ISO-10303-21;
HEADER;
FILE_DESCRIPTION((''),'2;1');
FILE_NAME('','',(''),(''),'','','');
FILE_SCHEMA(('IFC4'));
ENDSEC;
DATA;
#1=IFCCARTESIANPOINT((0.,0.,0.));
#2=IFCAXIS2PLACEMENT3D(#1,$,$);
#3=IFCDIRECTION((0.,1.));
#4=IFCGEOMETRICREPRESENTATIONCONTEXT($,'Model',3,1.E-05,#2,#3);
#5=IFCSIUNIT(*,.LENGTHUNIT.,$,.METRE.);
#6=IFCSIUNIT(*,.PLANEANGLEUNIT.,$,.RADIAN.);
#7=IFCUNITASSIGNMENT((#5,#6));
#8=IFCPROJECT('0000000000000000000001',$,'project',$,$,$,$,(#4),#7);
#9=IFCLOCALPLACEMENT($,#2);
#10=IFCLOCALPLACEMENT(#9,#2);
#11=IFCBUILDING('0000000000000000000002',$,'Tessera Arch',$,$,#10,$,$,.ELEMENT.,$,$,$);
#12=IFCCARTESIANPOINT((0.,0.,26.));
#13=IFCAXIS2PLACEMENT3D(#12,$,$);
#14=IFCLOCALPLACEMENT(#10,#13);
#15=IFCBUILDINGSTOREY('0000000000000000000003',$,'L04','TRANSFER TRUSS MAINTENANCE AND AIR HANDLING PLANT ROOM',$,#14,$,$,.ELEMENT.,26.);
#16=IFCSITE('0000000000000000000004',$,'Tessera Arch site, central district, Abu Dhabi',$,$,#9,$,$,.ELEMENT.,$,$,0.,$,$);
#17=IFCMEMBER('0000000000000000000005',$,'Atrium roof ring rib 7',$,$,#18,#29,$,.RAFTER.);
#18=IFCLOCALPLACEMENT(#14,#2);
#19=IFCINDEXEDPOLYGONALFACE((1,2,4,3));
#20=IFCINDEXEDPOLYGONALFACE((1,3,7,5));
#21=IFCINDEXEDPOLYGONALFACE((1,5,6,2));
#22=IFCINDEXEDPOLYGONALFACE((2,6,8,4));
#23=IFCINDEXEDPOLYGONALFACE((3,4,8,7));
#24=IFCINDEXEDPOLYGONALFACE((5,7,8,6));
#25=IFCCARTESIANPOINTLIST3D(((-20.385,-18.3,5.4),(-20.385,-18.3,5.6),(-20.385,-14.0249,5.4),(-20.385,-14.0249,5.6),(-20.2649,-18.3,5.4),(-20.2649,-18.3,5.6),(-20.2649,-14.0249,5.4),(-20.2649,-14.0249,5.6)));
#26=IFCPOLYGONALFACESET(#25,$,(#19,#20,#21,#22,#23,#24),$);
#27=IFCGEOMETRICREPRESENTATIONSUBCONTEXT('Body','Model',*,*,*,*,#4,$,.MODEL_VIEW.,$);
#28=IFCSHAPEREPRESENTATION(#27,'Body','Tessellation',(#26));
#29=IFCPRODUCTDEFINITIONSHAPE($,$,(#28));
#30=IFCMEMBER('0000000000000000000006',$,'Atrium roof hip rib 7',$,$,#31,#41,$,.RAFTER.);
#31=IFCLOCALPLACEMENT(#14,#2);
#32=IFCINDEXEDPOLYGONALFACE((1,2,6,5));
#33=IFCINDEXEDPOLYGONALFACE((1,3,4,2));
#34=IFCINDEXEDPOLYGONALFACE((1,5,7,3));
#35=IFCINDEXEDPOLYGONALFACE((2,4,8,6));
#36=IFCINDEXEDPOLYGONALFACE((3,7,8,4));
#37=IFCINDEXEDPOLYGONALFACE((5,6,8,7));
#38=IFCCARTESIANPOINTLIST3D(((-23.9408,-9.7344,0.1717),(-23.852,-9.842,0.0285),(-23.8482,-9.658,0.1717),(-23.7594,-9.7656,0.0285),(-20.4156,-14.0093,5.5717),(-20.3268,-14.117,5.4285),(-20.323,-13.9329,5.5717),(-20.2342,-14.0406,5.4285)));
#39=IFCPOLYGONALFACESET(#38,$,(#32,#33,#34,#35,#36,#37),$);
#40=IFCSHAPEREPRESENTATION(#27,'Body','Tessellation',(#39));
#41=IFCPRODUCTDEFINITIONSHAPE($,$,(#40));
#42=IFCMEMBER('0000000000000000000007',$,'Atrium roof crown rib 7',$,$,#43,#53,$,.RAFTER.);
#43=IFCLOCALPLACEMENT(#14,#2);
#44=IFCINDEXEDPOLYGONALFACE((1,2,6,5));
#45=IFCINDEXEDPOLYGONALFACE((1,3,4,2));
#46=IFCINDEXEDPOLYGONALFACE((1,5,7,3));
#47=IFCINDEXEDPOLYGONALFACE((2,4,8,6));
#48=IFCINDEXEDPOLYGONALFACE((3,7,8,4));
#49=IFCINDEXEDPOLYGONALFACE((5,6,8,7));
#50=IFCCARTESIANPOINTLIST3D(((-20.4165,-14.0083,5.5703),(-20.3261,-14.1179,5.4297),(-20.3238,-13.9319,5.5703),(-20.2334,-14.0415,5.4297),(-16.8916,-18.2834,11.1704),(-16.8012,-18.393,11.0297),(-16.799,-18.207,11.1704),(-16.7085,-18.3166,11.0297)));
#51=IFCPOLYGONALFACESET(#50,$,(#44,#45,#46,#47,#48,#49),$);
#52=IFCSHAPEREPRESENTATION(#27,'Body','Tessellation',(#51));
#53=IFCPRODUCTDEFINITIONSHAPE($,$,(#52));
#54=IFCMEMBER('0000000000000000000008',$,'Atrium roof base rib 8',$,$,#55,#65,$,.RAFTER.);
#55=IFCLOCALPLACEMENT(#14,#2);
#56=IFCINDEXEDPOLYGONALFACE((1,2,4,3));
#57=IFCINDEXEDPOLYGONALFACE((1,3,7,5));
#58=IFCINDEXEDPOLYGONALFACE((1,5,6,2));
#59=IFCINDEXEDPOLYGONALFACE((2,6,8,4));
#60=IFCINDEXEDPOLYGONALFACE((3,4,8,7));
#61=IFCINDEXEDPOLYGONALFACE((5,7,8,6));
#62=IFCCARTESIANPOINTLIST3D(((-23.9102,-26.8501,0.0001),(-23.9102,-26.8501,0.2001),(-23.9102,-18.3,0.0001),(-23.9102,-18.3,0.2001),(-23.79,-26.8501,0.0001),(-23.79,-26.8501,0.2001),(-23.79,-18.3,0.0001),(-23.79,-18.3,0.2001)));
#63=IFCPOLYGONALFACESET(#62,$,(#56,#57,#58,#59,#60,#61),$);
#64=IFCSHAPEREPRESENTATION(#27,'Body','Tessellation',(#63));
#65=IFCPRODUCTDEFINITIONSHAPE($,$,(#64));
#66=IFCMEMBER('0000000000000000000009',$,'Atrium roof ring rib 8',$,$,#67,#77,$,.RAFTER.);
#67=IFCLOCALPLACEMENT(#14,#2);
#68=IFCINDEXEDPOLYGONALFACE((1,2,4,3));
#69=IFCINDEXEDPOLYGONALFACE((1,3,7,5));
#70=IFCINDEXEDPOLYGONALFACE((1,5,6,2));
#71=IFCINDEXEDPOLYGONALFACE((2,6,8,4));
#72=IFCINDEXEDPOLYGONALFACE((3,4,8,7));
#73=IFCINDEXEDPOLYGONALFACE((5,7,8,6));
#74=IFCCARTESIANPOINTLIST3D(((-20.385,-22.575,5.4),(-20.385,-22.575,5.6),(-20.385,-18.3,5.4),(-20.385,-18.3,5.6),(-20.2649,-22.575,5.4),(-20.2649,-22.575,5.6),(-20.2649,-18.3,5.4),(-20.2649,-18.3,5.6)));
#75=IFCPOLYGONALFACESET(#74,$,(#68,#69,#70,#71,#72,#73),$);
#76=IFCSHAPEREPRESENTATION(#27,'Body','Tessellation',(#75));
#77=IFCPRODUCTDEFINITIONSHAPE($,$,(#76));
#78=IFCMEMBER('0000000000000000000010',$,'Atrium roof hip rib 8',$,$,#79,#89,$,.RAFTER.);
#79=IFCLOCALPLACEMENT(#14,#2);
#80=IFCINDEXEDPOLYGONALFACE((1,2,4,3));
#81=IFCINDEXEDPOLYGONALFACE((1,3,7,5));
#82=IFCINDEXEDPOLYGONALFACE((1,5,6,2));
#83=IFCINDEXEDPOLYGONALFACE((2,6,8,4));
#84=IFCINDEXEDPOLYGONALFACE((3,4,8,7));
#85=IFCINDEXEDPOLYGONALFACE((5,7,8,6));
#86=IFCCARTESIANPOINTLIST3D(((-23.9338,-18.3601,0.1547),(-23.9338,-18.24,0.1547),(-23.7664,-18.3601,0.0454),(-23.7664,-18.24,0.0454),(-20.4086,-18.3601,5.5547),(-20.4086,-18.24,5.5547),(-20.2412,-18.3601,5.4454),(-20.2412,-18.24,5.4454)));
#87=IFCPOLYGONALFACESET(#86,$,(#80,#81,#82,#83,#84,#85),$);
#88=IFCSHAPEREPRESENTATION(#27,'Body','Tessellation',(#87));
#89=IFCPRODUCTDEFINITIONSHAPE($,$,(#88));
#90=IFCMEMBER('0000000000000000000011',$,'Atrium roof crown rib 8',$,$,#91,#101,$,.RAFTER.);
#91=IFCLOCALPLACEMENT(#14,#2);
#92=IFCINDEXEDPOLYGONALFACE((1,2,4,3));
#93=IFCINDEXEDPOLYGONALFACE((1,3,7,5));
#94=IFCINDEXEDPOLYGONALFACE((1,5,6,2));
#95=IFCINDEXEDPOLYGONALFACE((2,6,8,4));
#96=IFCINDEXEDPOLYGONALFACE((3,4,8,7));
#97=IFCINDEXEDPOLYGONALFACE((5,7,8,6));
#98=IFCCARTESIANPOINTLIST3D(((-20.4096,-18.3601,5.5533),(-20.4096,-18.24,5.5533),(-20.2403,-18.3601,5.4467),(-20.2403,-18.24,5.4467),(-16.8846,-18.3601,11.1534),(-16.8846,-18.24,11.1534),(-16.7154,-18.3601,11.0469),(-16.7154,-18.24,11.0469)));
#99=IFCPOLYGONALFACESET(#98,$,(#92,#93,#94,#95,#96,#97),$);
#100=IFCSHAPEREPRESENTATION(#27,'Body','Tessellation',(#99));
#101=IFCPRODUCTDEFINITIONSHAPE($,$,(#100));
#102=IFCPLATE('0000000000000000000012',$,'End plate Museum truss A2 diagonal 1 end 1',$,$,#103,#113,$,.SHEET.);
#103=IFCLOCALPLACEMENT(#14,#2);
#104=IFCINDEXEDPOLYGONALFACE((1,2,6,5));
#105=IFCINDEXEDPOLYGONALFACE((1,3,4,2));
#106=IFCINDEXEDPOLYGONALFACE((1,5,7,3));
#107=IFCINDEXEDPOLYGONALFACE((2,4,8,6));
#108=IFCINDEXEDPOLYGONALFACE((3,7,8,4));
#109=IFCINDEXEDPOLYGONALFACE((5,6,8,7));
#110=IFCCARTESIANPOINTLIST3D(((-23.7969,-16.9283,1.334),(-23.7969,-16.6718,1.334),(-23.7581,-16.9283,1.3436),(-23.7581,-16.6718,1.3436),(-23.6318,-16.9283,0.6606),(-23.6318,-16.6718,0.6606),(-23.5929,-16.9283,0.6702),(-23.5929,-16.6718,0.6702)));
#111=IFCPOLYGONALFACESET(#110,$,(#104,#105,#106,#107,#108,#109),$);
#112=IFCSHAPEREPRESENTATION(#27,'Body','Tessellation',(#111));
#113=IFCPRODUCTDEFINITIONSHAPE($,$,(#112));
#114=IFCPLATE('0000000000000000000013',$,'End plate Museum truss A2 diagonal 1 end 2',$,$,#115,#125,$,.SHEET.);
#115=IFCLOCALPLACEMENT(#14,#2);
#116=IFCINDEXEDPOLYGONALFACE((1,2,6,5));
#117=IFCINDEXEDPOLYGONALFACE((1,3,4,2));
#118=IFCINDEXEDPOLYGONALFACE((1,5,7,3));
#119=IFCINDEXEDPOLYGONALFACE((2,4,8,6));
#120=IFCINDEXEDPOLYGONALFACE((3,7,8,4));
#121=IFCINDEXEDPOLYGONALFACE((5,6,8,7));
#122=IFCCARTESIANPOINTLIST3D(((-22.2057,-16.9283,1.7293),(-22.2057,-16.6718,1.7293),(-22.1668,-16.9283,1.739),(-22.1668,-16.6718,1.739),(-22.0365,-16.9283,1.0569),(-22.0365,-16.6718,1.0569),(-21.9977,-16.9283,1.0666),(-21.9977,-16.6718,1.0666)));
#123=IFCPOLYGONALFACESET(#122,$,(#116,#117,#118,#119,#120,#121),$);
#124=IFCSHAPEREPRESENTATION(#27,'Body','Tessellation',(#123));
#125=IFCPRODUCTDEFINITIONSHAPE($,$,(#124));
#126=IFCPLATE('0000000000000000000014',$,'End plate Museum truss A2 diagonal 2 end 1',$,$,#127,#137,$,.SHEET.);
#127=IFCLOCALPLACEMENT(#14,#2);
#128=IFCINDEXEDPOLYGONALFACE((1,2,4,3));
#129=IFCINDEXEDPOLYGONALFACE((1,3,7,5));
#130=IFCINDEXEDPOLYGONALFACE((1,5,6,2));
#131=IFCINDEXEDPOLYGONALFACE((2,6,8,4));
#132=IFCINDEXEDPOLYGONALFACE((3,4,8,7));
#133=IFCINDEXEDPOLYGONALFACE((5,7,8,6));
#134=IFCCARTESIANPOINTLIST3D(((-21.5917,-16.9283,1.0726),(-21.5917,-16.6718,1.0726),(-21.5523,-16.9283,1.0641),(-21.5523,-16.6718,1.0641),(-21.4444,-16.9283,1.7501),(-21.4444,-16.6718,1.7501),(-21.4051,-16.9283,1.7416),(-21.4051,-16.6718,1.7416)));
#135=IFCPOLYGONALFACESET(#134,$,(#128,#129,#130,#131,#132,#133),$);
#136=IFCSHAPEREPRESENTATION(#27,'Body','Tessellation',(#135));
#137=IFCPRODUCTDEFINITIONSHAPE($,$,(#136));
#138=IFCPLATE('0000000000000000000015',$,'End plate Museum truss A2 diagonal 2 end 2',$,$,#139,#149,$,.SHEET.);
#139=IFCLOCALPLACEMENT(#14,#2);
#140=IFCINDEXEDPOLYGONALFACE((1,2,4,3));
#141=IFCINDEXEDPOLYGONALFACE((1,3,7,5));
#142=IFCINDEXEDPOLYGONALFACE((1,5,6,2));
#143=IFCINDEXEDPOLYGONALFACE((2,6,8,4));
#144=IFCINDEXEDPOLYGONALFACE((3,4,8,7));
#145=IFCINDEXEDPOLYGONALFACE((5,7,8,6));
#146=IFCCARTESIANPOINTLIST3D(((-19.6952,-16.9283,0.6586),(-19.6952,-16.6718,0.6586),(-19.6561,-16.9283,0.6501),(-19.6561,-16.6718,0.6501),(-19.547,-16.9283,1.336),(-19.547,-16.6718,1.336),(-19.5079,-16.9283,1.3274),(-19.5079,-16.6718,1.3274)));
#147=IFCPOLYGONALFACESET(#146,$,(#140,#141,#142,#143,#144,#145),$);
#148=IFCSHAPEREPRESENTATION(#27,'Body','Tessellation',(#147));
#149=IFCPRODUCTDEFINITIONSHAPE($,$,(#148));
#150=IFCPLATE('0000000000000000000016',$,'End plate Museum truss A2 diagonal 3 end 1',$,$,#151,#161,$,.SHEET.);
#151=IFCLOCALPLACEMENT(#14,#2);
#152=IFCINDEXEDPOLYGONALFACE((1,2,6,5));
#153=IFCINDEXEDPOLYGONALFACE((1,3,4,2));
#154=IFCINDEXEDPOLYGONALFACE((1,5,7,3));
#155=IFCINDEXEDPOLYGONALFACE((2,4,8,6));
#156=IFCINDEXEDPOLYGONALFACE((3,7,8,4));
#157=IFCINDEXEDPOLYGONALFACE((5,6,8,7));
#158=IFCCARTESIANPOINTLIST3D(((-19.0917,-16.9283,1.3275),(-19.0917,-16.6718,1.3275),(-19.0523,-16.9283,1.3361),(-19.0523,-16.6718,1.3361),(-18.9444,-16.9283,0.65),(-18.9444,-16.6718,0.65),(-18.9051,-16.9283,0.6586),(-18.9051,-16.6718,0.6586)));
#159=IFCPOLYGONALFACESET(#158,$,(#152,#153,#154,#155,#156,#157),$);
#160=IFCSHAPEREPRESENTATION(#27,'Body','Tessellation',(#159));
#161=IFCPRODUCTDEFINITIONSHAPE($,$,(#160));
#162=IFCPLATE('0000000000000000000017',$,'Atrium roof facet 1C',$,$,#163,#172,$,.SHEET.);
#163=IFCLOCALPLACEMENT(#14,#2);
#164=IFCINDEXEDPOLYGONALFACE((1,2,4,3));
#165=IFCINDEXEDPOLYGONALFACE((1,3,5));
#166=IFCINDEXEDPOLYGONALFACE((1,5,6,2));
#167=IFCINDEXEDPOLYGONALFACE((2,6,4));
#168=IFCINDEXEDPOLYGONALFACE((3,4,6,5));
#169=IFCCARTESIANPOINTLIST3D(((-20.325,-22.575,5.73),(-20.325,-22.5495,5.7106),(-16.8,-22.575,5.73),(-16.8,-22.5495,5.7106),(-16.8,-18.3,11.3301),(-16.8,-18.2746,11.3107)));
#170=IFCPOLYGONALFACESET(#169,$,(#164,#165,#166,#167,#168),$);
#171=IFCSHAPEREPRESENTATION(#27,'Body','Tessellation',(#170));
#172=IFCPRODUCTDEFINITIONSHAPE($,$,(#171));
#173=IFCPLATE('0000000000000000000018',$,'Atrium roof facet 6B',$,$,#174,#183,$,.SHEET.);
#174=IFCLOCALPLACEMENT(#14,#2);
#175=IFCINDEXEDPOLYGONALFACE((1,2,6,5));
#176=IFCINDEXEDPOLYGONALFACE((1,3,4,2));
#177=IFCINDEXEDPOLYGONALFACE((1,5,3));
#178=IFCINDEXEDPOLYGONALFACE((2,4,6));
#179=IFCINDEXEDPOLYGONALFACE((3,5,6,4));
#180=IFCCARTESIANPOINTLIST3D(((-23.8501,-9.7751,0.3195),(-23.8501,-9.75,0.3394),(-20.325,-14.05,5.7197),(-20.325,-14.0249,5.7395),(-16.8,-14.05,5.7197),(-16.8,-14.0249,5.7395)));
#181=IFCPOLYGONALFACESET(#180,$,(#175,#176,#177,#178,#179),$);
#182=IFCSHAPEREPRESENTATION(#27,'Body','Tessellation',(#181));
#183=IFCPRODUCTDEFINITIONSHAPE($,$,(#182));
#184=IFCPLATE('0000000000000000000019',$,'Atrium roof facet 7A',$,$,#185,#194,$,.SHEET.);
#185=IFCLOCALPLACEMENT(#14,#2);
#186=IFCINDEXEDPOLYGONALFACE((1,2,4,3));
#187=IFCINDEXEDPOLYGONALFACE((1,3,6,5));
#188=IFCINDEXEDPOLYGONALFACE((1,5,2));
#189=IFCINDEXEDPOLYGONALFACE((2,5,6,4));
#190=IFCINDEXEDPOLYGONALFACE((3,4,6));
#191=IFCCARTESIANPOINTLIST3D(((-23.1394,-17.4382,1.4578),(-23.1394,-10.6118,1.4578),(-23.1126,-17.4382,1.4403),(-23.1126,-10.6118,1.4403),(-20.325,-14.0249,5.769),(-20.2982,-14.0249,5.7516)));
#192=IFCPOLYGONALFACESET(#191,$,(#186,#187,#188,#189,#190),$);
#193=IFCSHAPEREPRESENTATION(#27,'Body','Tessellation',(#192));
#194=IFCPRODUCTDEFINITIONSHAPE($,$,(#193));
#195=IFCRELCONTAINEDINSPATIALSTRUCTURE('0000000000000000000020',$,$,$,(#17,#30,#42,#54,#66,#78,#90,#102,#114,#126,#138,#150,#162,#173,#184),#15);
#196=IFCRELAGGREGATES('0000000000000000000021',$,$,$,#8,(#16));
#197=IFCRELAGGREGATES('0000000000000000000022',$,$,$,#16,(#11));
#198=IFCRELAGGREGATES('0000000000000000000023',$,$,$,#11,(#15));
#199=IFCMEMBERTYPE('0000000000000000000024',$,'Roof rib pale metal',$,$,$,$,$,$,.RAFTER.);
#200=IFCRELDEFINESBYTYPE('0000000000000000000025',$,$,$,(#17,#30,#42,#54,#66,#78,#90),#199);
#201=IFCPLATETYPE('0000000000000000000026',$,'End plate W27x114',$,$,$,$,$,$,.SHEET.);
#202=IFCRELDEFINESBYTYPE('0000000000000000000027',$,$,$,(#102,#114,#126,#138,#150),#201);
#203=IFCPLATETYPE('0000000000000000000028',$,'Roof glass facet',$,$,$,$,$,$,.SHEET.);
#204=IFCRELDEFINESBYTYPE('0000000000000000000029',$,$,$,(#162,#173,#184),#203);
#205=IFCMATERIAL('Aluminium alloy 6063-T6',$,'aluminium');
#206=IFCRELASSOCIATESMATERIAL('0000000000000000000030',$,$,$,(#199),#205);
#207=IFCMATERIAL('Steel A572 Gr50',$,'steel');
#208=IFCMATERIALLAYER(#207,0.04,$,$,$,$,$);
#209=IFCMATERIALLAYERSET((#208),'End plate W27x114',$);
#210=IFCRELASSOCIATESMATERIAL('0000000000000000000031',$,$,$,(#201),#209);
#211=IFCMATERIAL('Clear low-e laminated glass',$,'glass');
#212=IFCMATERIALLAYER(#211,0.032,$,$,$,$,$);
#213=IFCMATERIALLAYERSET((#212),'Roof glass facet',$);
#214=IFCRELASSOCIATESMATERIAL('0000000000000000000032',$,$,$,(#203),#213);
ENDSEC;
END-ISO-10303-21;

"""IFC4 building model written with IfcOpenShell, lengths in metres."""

from ifc_helpers import new_model, si_unit, direction, frame, origin, origin_2d, place, context, subcontext, project, spatial, polyline, rectangle, outline, extrude, material, layer, layer_set, material_profile, profile_set, type_object, element, save


model = new_model("IFC4")

# Units and contexts
model_context = context("Model", 3, precision=1e-05, world=origin(), true_north=direction((0.0, 1.0)))
body_context = subcontext(model_context, "Body", "Model", "MODEL_VIEW")
ifc_project = project(units=[si_unit("LENGTHUNIT", "METRE"), si_unit("PLANEANGLEUNIT", "RADIAN")], contexts=[model_context])

# Site, building, storey
site_placement = place(None, origin())
site = spatial("IfcSite", under=ifc_project, at=site_placement, Name="Tessera Arch site, central district, Abu Dhabi", CompositionType="ELEMENT", RefElevation=0.0)
building_placement = place(site_placement, origin())
building = spatial("IfcBuilding", under=site, at=building_placement, Name="Tessera Arch", CompositionType="ELEMENT")
storey_placement = place(building_placement, frame((0.0, 0.0, 26.0)))
storey = spatial("IfcBuildingStorey", under=building, at=storey_placement, Name="L04", Description="TRANSFER TRUSS MAINTENANCE AND AIR HANDLING PLANT ROOM", CompositionType="ELEMENT", Elevation=26.0)

# Members
ifc_material_1 = material(Name="Aluminium alloy 6063-T6", Category="aluminium")
ifc_material_profile_1 = material_profile(ifc_material_1, rectangle(XDim=0.1201, YDim=0.2, at=origin_2d()), Name="AL 120x200")
ifc_profile_set_1 = profile_set([ifc_material_profile_1], Name="Aluminium alloy 6063-T6")
member_type_1 = type_object("IfcMemberType", Name="Roof rib pale metal", PredefinedType="RAFTER", material=ifc_profile_set_1)
member_1_placement = place(storey_placement, frame((-20.325, -14.0249, 5.5), z_axis=(0.0, -1.0, 0.0), x_axis=(1.0, 0.0, 0.0)))
element("IfcMember", 1, at=member_1_placement, inside=storey, type_object=member_type_1, Name="Atrium roof ring rib 7", PredefinedType="RAFTER", context=body_context, shape_type="SweptSolid", body=[
    extrude(rectangle(XDim=0.1201, YDim=0.2, at=origin_2d()), origin(), (0.0, 0.0, 1.0), 4.2751),
])
member_2_placement = place(storey_placement, frame((-23.8501, -9.75, 0.1001), z_axis=(0.455625, -0.552531, 0.697937), x_axis=(0.771519, 0.636206, 0.0)))
element("IfcMember", 2, at=member_2_placement, inside=storey, type_object=member_type_1, Name="Atrium roof hip rib 7", PredefinedType="RAFTER", context=body_context, shape_type="SweptSolid", body=[
    extrude(rectangle(XDim=0.1201, YDim=0.2, at=origin_2d()), origin(), (0.0, 0.0, 1.0), 7.7371),
])
member_3_placement = place(storey_placement, frame((-20.325, -14.0249, 5.5), z_axis=(0.447436, -0.542669, 0.710853), x_axis=(0.771559, 0.636158, 0.0)))
element("IfcMember", 3, at=member_3_placement, inside=storey, type_object=member_type_1, Name="Atrium roof crown rib 7", PredefinedType="RAFTER", context=body_context, shape_type="SweptSolid", body=[
    extrude(rectangle(XDim=0.1201, YDim=0.2, at=origin_2d()), origin(), (0.0, 0.0, 1.0), 7.8779),
])
member_4_placement = place(storey_placement, frame((-23.8501, -18.3, 0.1001), z_axis=(0.0, -1.0, 0.0), x_axis=(1.0, 0.0, 0.0)))
element("IfcMember", 4, at=member_4_placement, inside=storey, type_object=member_type_1, Name="Atrium roof base rib 8", PredefinedType="RAFTER", context=body_context, shape_type="SweptSolid", body=[
    extrude(rectangle(XDim=0.1201, YDim=0.2, at=origin_2d()), origin(), (0.0, 0.0, 1.0), 8.55),
])
member_5_placement = place(storey_placement, frame((-20.325, -18.3, 5.5), z_axis=(0.0, -1.0, 0.0), x_axis=(1.0, 0.0, 0.0)))
element("IfcMember", 5, at=member_5_placement, inside=storey, type_object=member_type_1, Name="Atrium roof ring rib 8", PredefinedType="RAFTER", context=body_context, shape_type="SweptSolid", body=[
    extrude(rectangle(XDim=0.1201, YDim=0.2, at=origin_2d()), origin(), (0.0, 0.0, 1.0), 4.2749),
])
member_6_placement = place(storey_placement, frame((-23.8501, -18.3, 0.1001), z_axis=(0.546645, 0.0, 0.837364), x_axis=(0.0, 1.0, 0.0)))
element("IfcMember", 6, at=member_6_placement, inside=storey, type_object=member_type_1, Name="Atrium roof hip rib 8", PredefinedType="RAFTER", context=body_context, shape_type="SweptSolid", body=[
    extrude(rectangle(XDim=0.1201, YDim=0.2, at=origin_2d()), origin(), (0.0, 0.0, 1.0), 6.4487),
])
member_7_placement = place(storey_placement, frame((-20.325, -18.3, 5.5), z_axis=(0.532696, 0.0, 0.846307), x_axis=(0.0, 1.0, 0.0)))
element("IfcMember", 7, at=member_7_placement, inside=storey, type_object=member_type_1, Name="Atrium roof crown rib 8", PredefinedType="RAFTER", context=body_context, shape_type="SweptSolid", body=[
    extrude(rectangle(XDim=0.1201, YDim=0.2, at=origin_2d()), origin(), (0.0, 0.0, 1.0), 6.6172),
])

# Plates
ifc_material_2 = material(Name="Steel A572 Gr50", Category="steel")
ifc_layer_1 = layer(ifc_material_2, 0.04)
ifc_layer_set_1 = layer_set([ifc_layer_1], Name="End plate W27x114")
plate_type_1 = type_object("IfcPlateType", Name="End plate W27x114", PredefinedType="SHEET", material=ifc_layer_set_1)
for number, where, z_axis, x_axis, name in (
    (8, (-23.7144, -16.8, 0.9973), (0.971211, 0.0, 0.238222), (0.0, 1.0, 0.0), "End plate Museum truss A2 diagonal 1 end 1"),
    (9, (-22.1211, -16.8, 1.3931), (0.969783, 0.0, 0.24397), (0.0, 1.0, 0.0), "End plate Museum truss A2 diagonal 1 end 2"),
):
    element("IfcPlate", number, at=place(storey_placement, frame(where, z_axis=z_axis, x_axis=x_axis)), inside=storey, type_object=plate_type_1, Name=name, PredefinedType="SHEET", context=body_context, shape_type="SweptSolid", body=[
        extrude(rectangle(XDim=0.2566, YDim=0.6934, at=origin_2d()), origin(), (0.0, 0.0, 1.0), 0.04),
    ])
plate_1_placement = place(storey_placement, frame((-21.5181, -16.8, 1.4114), z_axis=(0.977176, 0.0, -0.21243), x_axis=(0.0, 1.0, 0.0)))
element("IfcPlate", 10, at=plate_1_placement, inside=storey, type_object=plate_type_1, Name="End plate Museum truss A2 diagonal 2 end 1", PredefinedType="SHEET", context=body_context, shape_type="SweptSolid", body=[
    extrude(rectangle(XDim=0.2566, YDim=0.6934, at=origin_2d()), origin(), (0.0, 0.0, 1.0), 0.0403),
])
plate_2_placement = place(storey_placement, frame((-19.6211, -16.8, 0.9973), z_axis=(0.9769, 0.0, -0.213697), x_axis=(0.0, 1.0, 0.0)))
element("IfcPlate", 11, at=plate_2_placement, inside=storey, type_object=plate_type_1, Name="End plate Museum truss A2 diagonal 2 end 2", PredefinedType="SHEET", context=body_context, shape_type="SweptSolid", body=[
    extrude(rectangle(XDim=0.2566, YDim=0.6934, at=origin_2d()), origin(), (0.0, 0.0, 1.0), 0.04),
])
plate_3_placement = place(storey_placement, frame((-19.0181, -16.8, 0.9888), z_axis=(0.977176, 0.0, 0.21243), x_axis=(0.0, 1.0, 0.0)))
element("IfcPlate", 12, at=plate_3_placement, inside=storey, type_object=plate_type_1, Name="End plate Museum truss A2 diagonal 3 end 1", PredefinedType="SHEET", context=body_context, shape_type="SweptSolid", body=[
    extrude(rectangle(XDim=0.2566, YDim=0.6934, at=origin_2d()), origin(), (0.0, 0.0, 1.0), 0.0403),
])
ifc_material_3 = material(Name="Clear low-e laminated glass", Category="glass")
ifc_layer_2 = layer(ifc_material_3, 0.032)
ifc_layer_set_2 = layer_set([ifc_layer_2], Name="Roof glass facet")
plate_type_2 = type_object("IfcPlateType", Name="Roof glass facet", PredefinedType="SHEET", material=ifc_layer_set_2)
plate_4_placement = place(storey_placement, frame((-20.325, -22.575, 5.73), z_axis=(0.0, -0.794873, 0.606776), x_axis=(1.0, 0.0, 0.0)))
element("IfcPlate", 13, at=plate_4_placement, inside=storey, type_object=plate_type_2, Name="Atrium roof facet 1C", PredefinedType="SHEET", context=body_context, shape_type="SweptSolid", body=[
    extrude(outline(polyline([(0.0, 0.0), (3.5249, 0.0), (3.5249, 7.0453), (0.0, 0.0)])), origin(), (0.0, 0.0, -1.0), 0.032),
])
plate_5_placement = place(storey_placement, frame((-23.8501, -9.75, 0.3394), z_axis=(0.0, 0.784061, 0.620684), x_axis=(0.455615, -0.552519, 0.697953)))
element("IfcPlate", 14, at=plate_5_placement, inside=storey, type_object=plate_type_2, Name="Atrium roof facet 6B", PredefinedType="SHEET", context=body_context, shape_type="SweptSolid", body=[
    extrude(outline(polyline([(0.0, 0.0), (7.7371, 0.0), (9.3431, 3.1378), (0.0, 0.0)])), origin(), (0.0, 0.0, -1.0), 0.032),
])
plate_6_placement = place(storey_placement, frame((-23.1394, -10.6118, 1.4578), z_axis=(-0.837366, 0.0, 0.546642), x_axis=(0.0, -1.0, 0.0)))
element("IfcPlate", 15, at=plate_6_placement, inside=storey, type_object=plate_type_2, Name="Atrium roof facet 7A", PredefinedType="SHEET", context=body_context, shape_type="SweptSolid", body=[
    extrude(outline(polyline([(0.0, 0.0), (6.8264, 0.0), (3.4131, 5.1486), (0.0, 0.0)])), origin(), (0.0, 0.0, -1.0), 0.032),
])

save(model, "model.ifc")
